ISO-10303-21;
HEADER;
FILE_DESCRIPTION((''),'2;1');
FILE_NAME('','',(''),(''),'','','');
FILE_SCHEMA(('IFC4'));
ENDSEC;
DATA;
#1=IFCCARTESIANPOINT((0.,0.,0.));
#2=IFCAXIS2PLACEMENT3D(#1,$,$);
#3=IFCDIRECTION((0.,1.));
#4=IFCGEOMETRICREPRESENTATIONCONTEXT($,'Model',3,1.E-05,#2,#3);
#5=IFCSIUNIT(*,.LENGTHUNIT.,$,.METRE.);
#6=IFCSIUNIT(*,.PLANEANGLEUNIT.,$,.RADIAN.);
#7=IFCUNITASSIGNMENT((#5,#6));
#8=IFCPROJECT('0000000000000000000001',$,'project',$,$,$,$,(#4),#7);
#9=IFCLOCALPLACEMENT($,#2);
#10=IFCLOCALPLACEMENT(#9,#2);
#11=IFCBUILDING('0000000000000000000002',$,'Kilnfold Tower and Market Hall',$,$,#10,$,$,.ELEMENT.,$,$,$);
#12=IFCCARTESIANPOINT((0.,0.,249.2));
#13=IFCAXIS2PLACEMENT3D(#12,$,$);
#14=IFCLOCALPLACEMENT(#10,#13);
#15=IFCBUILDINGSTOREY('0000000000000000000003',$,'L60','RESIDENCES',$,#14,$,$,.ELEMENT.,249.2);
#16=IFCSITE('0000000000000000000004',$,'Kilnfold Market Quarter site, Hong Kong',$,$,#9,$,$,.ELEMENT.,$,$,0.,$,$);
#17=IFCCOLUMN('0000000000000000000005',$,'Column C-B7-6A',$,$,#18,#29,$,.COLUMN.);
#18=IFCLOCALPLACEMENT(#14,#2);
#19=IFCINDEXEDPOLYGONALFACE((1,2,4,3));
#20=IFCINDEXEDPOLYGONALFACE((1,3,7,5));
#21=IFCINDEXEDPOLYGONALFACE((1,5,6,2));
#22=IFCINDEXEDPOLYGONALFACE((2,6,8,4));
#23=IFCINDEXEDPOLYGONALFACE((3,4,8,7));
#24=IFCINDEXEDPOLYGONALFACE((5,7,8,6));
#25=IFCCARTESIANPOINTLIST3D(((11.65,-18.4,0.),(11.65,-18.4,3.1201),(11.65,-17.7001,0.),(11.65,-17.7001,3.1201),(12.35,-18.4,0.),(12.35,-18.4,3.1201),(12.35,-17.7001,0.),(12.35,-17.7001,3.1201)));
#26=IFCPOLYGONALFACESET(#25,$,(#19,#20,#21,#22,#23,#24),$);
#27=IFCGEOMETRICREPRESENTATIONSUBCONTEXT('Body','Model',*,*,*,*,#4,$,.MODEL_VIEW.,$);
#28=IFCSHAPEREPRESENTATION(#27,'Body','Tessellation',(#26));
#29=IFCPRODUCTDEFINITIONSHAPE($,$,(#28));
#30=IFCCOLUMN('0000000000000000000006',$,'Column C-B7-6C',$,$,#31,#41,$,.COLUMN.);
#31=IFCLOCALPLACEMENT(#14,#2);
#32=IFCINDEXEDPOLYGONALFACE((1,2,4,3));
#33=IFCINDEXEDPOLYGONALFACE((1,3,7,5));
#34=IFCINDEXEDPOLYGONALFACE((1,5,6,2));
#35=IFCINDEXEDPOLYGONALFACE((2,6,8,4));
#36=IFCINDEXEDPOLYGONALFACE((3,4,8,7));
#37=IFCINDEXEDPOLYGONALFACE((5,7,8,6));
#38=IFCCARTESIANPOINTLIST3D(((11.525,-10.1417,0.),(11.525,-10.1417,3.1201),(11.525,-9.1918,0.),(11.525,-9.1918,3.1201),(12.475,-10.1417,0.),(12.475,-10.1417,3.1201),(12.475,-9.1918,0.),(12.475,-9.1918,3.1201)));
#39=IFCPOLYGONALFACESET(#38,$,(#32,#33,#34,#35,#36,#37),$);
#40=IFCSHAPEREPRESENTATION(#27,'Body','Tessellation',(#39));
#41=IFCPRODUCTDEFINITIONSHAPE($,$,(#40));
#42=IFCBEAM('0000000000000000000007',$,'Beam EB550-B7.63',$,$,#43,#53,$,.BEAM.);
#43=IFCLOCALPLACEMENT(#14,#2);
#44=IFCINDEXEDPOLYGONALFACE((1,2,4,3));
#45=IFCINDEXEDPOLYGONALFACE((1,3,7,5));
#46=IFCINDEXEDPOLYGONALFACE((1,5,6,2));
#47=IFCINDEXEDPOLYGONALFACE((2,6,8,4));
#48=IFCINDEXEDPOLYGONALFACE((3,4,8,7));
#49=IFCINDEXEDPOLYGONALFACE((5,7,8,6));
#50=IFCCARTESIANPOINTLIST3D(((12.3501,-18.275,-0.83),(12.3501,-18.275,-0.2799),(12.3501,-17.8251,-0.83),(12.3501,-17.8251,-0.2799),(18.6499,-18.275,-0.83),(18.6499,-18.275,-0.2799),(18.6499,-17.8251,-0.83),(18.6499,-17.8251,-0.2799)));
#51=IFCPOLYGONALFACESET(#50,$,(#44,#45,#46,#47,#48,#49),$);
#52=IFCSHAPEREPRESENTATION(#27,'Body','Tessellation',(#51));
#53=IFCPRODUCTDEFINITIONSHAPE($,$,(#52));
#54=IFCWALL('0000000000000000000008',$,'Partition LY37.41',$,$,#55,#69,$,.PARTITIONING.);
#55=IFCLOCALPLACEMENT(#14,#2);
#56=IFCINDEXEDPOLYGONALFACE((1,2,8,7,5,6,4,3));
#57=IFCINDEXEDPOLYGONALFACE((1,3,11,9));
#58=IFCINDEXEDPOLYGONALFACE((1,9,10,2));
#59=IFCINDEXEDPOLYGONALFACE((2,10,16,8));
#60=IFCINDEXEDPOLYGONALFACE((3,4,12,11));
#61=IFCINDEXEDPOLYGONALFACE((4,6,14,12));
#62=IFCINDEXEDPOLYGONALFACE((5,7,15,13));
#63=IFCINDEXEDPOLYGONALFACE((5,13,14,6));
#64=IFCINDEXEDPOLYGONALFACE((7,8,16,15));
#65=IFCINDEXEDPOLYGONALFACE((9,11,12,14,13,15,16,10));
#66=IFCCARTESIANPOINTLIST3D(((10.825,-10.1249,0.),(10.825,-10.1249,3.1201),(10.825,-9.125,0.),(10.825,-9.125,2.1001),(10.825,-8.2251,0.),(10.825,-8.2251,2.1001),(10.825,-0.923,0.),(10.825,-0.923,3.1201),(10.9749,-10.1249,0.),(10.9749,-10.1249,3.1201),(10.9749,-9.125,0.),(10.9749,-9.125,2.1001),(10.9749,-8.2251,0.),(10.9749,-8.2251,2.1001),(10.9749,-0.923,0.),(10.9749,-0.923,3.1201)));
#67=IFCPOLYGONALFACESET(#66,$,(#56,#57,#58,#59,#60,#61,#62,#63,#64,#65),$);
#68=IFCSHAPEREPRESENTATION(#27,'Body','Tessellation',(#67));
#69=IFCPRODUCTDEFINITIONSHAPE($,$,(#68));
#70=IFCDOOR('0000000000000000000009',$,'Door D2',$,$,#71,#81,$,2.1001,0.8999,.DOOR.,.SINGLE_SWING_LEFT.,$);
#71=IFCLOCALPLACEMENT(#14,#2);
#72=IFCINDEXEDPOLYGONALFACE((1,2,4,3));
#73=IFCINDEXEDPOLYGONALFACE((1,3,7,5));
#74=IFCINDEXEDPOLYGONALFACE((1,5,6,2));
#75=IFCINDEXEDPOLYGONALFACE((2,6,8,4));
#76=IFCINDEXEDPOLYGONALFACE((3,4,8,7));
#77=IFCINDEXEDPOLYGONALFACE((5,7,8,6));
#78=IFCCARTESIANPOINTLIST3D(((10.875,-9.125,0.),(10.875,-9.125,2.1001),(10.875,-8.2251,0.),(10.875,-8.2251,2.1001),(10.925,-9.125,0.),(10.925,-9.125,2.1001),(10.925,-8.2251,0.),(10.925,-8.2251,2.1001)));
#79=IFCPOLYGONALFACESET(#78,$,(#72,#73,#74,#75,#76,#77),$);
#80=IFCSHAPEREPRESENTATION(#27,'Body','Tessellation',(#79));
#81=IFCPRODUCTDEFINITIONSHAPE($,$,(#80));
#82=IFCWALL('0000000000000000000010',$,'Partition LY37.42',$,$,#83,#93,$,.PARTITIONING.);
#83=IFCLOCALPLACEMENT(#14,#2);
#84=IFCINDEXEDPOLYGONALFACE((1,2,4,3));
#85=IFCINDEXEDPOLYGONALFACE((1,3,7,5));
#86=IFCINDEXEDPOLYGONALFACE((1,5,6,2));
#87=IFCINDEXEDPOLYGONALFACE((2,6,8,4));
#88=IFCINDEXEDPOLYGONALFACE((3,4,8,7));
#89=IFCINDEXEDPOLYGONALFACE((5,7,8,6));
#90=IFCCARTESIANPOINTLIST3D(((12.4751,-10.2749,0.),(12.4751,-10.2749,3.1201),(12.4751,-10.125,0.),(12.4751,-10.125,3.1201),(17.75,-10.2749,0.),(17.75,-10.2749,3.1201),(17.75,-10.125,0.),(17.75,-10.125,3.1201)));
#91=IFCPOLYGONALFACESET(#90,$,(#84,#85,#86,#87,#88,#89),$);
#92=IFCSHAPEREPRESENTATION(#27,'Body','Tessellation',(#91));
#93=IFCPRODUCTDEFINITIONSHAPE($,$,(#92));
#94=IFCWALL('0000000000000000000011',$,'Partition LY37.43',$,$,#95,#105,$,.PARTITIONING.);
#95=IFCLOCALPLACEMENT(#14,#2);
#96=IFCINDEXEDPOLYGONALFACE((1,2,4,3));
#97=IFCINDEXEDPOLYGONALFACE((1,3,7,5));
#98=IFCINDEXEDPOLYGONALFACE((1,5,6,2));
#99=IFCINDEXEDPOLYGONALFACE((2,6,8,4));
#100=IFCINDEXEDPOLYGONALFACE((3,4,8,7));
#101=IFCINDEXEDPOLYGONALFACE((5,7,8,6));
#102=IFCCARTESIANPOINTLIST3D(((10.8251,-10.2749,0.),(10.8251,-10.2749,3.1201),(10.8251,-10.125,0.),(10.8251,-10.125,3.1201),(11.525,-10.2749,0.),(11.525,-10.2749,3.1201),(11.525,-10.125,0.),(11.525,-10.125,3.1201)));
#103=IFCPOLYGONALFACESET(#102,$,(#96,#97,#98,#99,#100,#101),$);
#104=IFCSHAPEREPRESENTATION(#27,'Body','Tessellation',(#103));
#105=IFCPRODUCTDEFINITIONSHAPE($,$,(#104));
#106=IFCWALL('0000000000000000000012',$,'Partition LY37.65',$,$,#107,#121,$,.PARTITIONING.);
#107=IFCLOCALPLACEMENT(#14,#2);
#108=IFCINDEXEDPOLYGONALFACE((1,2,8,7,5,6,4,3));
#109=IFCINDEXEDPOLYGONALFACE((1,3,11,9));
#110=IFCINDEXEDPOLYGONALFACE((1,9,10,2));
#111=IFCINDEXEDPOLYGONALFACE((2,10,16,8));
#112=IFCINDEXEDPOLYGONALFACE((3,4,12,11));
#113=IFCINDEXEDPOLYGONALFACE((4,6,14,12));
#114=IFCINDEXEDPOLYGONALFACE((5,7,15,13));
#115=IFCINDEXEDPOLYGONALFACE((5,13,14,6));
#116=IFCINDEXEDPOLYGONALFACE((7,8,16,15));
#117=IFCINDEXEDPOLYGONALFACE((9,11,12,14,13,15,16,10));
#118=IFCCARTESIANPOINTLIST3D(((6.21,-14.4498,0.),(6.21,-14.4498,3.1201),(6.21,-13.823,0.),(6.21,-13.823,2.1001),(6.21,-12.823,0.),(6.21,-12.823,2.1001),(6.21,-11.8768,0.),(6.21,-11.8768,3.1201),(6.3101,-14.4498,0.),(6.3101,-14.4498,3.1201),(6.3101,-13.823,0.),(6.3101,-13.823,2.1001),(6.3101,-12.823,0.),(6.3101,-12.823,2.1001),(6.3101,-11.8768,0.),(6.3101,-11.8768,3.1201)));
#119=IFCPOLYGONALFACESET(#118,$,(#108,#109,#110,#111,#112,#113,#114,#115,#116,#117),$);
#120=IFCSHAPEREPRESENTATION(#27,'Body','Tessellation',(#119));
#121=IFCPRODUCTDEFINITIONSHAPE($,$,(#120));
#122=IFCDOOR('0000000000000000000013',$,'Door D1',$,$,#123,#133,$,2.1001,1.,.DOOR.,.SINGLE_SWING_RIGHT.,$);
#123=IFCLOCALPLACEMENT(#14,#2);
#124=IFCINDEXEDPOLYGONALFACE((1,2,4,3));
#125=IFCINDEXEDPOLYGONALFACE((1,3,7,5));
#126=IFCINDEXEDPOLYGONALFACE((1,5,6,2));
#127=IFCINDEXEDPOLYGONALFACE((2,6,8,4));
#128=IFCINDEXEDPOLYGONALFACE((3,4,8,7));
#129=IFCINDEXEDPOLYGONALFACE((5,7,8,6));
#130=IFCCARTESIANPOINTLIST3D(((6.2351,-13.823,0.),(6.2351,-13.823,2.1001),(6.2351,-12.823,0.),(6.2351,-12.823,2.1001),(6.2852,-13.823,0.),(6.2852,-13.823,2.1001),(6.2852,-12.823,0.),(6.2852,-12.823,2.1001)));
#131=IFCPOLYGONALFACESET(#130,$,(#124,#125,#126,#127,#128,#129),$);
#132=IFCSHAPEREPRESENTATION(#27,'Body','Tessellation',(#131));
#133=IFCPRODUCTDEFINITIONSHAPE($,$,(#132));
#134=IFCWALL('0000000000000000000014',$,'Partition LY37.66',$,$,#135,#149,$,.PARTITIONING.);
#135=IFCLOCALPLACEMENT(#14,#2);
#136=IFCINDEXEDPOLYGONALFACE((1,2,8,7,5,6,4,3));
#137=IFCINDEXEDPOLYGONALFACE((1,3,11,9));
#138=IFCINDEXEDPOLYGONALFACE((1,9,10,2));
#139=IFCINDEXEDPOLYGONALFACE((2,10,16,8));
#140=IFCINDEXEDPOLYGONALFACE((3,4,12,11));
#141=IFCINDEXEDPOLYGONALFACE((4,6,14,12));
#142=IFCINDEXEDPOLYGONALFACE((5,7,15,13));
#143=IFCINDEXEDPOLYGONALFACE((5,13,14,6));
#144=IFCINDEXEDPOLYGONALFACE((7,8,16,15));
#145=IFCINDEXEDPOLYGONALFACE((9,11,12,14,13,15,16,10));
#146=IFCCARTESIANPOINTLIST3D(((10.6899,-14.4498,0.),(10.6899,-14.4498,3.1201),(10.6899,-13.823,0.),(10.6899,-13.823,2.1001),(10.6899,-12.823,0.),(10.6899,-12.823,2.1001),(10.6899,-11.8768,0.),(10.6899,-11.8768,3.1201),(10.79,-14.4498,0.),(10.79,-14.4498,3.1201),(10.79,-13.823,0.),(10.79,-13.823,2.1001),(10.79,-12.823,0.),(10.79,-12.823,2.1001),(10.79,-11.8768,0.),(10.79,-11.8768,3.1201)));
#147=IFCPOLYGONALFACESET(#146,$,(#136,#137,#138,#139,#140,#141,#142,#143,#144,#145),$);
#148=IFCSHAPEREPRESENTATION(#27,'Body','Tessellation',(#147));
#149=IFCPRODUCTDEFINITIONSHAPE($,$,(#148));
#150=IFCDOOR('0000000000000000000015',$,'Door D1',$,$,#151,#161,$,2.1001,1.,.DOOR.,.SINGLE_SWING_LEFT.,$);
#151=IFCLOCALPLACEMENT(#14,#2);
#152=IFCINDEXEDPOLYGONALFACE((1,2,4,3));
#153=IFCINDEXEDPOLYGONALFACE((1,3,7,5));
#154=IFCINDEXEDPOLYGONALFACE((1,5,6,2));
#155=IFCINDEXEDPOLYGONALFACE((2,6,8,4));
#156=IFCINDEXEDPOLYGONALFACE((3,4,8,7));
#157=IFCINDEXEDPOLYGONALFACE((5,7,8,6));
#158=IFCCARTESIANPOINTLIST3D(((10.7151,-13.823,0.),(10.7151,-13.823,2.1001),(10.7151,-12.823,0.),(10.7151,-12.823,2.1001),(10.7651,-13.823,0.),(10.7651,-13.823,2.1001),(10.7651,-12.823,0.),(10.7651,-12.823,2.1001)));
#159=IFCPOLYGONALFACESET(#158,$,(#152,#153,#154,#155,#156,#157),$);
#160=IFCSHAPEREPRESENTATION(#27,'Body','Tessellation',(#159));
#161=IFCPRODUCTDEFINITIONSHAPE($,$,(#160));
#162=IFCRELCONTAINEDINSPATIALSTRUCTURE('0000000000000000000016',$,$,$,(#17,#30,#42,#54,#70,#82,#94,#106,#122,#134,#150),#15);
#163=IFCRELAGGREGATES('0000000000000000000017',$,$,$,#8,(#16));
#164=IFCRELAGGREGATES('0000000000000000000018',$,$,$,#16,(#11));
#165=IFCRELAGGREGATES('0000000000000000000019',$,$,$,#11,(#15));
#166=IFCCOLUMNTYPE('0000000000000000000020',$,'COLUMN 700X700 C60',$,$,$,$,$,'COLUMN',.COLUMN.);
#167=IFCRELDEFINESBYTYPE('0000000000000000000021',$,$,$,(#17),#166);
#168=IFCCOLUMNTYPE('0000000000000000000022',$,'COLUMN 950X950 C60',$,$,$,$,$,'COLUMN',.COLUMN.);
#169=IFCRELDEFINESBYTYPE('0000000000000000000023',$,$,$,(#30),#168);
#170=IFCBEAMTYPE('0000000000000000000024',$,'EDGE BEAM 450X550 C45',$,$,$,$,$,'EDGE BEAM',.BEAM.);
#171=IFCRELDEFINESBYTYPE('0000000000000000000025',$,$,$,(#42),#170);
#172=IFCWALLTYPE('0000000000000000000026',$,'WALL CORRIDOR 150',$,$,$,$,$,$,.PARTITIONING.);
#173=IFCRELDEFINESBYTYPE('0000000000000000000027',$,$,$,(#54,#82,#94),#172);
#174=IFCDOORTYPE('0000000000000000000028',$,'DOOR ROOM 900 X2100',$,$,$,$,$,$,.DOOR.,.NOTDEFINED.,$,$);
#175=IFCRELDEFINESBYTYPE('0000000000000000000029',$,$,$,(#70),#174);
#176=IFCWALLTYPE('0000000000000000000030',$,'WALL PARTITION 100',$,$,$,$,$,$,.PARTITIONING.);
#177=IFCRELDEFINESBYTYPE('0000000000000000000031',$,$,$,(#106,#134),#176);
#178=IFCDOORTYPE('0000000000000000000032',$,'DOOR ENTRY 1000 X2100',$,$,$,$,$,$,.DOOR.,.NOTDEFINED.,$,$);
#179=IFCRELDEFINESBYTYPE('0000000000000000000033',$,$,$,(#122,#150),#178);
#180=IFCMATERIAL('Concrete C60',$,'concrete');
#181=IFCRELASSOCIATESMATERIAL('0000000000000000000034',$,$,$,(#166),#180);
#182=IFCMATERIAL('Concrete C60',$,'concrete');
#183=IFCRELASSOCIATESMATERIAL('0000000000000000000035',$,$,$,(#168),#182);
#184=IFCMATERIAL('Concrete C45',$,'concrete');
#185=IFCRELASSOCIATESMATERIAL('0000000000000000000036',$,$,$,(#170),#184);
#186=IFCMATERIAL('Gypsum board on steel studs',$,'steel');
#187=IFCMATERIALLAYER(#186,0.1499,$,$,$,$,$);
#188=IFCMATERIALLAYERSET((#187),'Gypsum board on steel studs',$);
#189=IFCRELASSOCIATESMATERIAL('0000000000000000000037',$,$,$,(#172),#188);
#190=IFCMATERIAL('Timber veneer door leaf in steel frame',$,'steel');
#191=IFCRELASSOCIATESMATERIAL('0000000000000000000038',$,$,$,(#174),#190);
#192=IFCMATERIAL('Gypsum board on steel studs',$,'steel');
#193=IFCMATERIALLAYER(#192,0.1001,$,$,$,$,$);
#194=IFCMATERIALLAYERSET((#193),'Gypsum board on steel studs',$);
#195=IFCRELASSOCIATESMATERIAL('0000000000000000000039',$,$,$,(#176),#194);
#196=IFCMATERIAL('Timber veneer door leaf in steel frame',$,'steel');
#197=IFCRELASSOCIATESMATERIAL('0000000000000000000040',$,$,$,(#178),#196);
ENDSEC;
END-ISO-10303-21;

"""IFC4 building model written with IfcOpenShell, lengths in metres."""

from ifc_helpers import new_model, si_unit, direction, frame, frame_2d, origin, origin_2d, place, context, subcontext, project, spatial, rectangle, extrude, source, transform, mapped, material, layer, layer_set, material_profile, profile_set, type_object, element, fill, save


model = new_model("IFC4")

# Units and contexts
model_context = context("Model", 3, precision=1e-05, world=origin(), true_north=direction((0.0, 1.0)))
body_context = subcontext(model_context, "Body", "Model", "MODEL_VIEW")
ifc_project = project(units=[si_unit("LENGTHUNIT", "METRE"), si_unit("PLANEANGLEUNIT", "RADIAN")], contexts=[model_context])

# Site, building, storey
site_placement = place(None, origin())
site = spatial("IfcSite", under=ifc_project, at=site_placement, Name="Kilnfold Market Quarter site, Hong Kong", CompositionType="ELEMENT", RefElevation=0.0)
building_placement = place(site_placement, origin())
building = spatial("IfcBuilding", under=site, at=building_placement, Name="Kilnfold Tower and Market Hall", CompositionType="ELEMENT")
storey_placement = place(building_placement, frame((0.0, 0.0, 249.2)))
storey = spatial("IfcBuildingStorey", under=building, at=storey_placement, Name="L60", Description="RESIDENCES", CompositionType="ELEMENT", Elevation=249.2)

# Columns
ifc_material_1 = material(Name="Concrete C60", Category="concrete")
ifc_material_profile_1 = material_profile(ifc_material_1, rectangle(XDim=0.7, YDim=0.7, at=origin_2d()), Name="RC 700x700")
ifc_profile_set_1 = profile_set([ifc_material_profile_1], Name="Concrete C60")
column_type_1 = type_object("IfcColumnType", Name="COLUMN 700X700 C60", ElementType="COLUMN", PredefinedType="COLUMN", material=ifc_profile_set_1)
shared_shape_1 = source(origin(), body_context, "Body", "SweptSolid", [
    extrude(rectangle(XDim=0.7, YDim=0.7, at=origin_2d()), origin(), (0.0, 0.0, 1.0), 3.1201),
])
column_1_placement = place(storey_placement, frame((12.0, -18.05, 0.0), z_axis=(0.0, 0.0, 1.0), x_axis=(1.0, 0.0, 0.0)))
element("IfcColumn", 1, at=column_1_placement, inside=storey, type_object=column_type_1, Name="Column C-B7-6A", PredefinedType="COLUMN", context=body_context, shape_type="MappedRepresentation", body=[
    mapped(shared_shape_1, transform((0.0, 0.0, 0.0))),
])
ifc_material_2 = material(Name="Concrete C60", Category="concrete")
ifc_material_profile_2 = material_profile(ifc_material_2, rectangle(XDim=0.95, YDim=0.95, at=origin_2d()), Name="RC 950x950")
ifc_profile_set_2 = profile_set([ifc_material_profile_2], Name="Concrete C60")
column_type_2 = type_object("IfcColumnType", Name="COLUMN 950X950 C60", ElementType="COLUMN", PredefinedType="COLUMN", material=ifc_profile_set_2)
shared_shape_2 = source(origin(), body_context, "Body", "SweptSolid", [
    extrude(rectangle(XDim=0.95, YDim=0.95, at=origin_2d()), origin(), (0.0, 0.0, 1.0), 3.1201),
])
column_2_placement = place(storey_placement, frame((12.0, -9.6667, 0.0), z_axis=(0.0, 0.0, 1.0), x_axis=(1.0, 0.0, 0.0)))
element("IfcColumn", 2, at=column_2_placement, inside=storey, type_object=column_type_2, Name="Column C-B7-6C", PredefinedType="COLUMN", context=body_context, shape_type="MappedRepresentation", body=[
    mapped(shared_shape_2, transform((0.0, 0.0, 0.0))),
])

# Beam
ifc_material_3 = material(Name="Concrete C45", Category="concrete")
ifc_material_profile_3 = material_profile(ifc_material_3, rectangle(XDim=0.45, YDim=0.55, at=origin_2d()), Name="RC 450x550")
ifc_profile_set_3 = profile_set([ifc_material_profile_3], Name="Concrete C45")
beam_type = type_object("IfcBeamType", Name="EDGE BEAM 450X550 C45", ElementType="EDGE BEAM", PredefinedType="BEAM", material=ifc_profile_set_3)
shared_shape_3 = source(origin(), body_context, "Body", "SweptSolid", [
    extrude(rectangle(XDim=0.45, YDim=0.55, at=origin_2d()), origin(), (0.0, 0.0, 1.0), 6.2998),
])
beam_placement = place(storey_placement, frame((12.3501, -18.05, -0.5549), z_axis=(1.0, 0.0, 0.0), x_axis=(0.0, 1.0, 0.0)))
element("IfcBeam", 3, at=beam_placement, inside=storey, type_object=beam_type, Name="Beam EB550-B7.63", PredefinedType="BEAM", context=body_context, shape_type="MappedRepresentation", body=[
    mapped(shared_shape_3, transform((0.0, 0.0, 0.0))),
])

# Wall, opening, door
ifc_material_4 = material(Name="Gypsum board on steel studs", Category="steel")
ifc_layer_1 = layer(ifc_material_4, 0.1499)
ifc_layer_set_1 = layer_set([ifc_layer_1], Name="Gypsum board on steel studs")
wall_type_1 = type_object("IfcWallType", Name="WALL CORRIDOR 150", PredefinedType="PARTITIONING", material=ifc_layer_set_1)
wall_1_placement = place(storey_placement, frame((10.8999, -10.125, 0.0), z_axis=(0.0, 0.0, 1.0), x_axis=(0.0, 1.0, 0.0)))
wall_1 = element("IfcWall", 4, at=wall_1_placement, inside=storey, type_object=wall_type_1, Name="Partition LY37.41", PredefinedType="PARTITIONING", context=body_context, shape_type="SweptSolid", body=[
    extrude(rectangle(XDim=9.2019, YDim=0.1499, at=frame_2d((4.6011, 0.0))), origin(), (0.0, 0.0, 1.0), 3.1201),
])
opening_1_placement = place(wall_1_placement, frame((1.0, 0.0, 0.0)))
opening_1 = element("IfcOpeningElement", 5, at=opening_1_placement, cuts=wall_1, PredefinedType="OPENING", context=body_context, shape_type="SweptSolid", body=[
    extrude(rectangle(XDim=0.8999, YDim=2.1001, at=frame_2d((0.45, 1.05))), frame((0.0, 0.085, 0.0), z_axis=(0.0, -1.0, 0.0), x_axis=(1.0, 0.0, 0.0)), (0.0, 0.0, 1.0), 0.1699),
])
ifc_material_5 = material(Name="Timber veneer door leaf in steel frame", Category="steel")
door_type_1 = type_object("IfcDoorType", Name="DOOR ROOM 900 X2100", OperationType="NOTDEFINED", PredefinedType="DOOR", material=ifc_material_5)
door_1_placement = place(opening_1_placement, origin())
door_1 = element("IfcDoor", 6, at=door_1_placement, inside=storey, type_object=door_type_1, Name="Door D2", OperationType="SINGLE_SWING_LEFT", OverallHeight=2.1001, OverallWidth=0.8999, PredefinedType="DOOR", context=body_context, shape_type="SweptSolid", body=[
    extrude(rectangle(XDim=0.8999, YDim=2.1001, at=frame_2d((0.45, 1.05))), frame((0.0, 0.0249, 0.0), z_axis=(0.0, -1.0, 0.0), x_axis=(1.0, 0.0, 0.0)), (0.0, 0.0, 1.0), 0.05),
])
fill(opening_1, door_1)

# Walls
wall_2_placement = place(storey_placement, frame((12.4751, -10.2, 0.0), z_axis=(0.0, 0.0, 1.0), x_axis=(1.0, 0.0, 0.0)))
element("IfcWall", 7, at=wall_2_placement, inside=storey, type_object=wall_type_1, Name="Partition LY37.42", PredefinedType="PARTITIONING", context=body_context, shape_type="SweptSolid", body=[
    extrude(rectangle(XDim=5.2749, YDim=0.1499, at=frame_2d((2.6375, 0.0))), origin(), (0.0, 0.0, 1.0), 3.1201),
])
wall_3_placement = place(storey_placement, frame((10.825, -10.2, 0.0), z_axis=(0.0, 0.0, 1.0), x_axis=(1.0, 0.0, 0.0)))
element("IfcWall", 8, at=wall_3_placement, inside=storey, type_object=wall_type_1, Name="Partition LY37.43", PredefinedType="PARTITIONING", context=body_context, shape_type="SweptSolid", body=[
    extrude(rectangle(XDim=0.7, YDim=0.1499, at=frame_2d((0.3501, 0.0))), origin(), (0.0, 0.0, 1.0), 3.1201),
])

# Walls, openings, doors
ifc_material_6 = material(Name="Gypsum board on steel studs", Category="steel")
ifc_layer_2 = layer(ifc_material_6, 0.1001)
ifc_layer_set_2 = layer_set([ifc_layer_2], Name="Gypsum board on steel studs")
wall_type_2 = type_object("IfcWallType", Name="WALL PARTITION 100", PredefinedType="PARTITIONING", material=ifc_layer_set_2)
wall_4_placement = place(storey_placement, frame((6.26, -14.45, 0.0), z_axis=(0.0, 0.0, 1.0), x_axis=(0.0, 1.0, 0.0)))
wall_4 = element("IfcWall", 9, at=wall_4_placement, inside=storey, type_object=wall_type_2, Name="Partition LY37.65", PredefinedType="PARTITIONING", context=body_context, shape_type="SweptSolid", body=[
    extrude(rectangle(XDim=2.573, YDim=0.1001, at=frame_2d((1.2866, 0.0))), origin(), (0.0, 0.0, 1.0), 3.1201),
])
opening_2_placement = place(wall_4_placement, frame((0.627, 0.0, 0.0)))
opening_2 = element("IfcOpeningElement", 10, at=opening_2_placement, cuts=wall_4, PredefinedType="OPENING", context=body_context, shape_type="SweptSolid", body=[
    extrude(rectangle(XDim=1.0, YDim=2.1001, at=frame_2d((0.5, 1.05))), frame((0.0, 0.0601, 0.0), z_axis=(0.0, -1.0, 0.0), x_axis=(1.0, 0.0, 0.0)), (0.0, 0.0, 1.0), 0.1201),
])
ifc_material_7 = material(Name="Timber veneer door leaf in steel frame", Category="steel")
door_type_2 = type_object("IfcDoorType", Name="DOOR ENTRY 1000 X2100", OperationType="NOTDEFINED", PredefinedType="DOOR", material=ifc_material_7)
door_2_placement = place(opening_2_placement, origin())
door_2 = element("IfcDoor", 11, at=door_2_placement, inside=storey, type_object=door_type_2, Name="Door D1", OperationType="SINGLE_SWING_RIGHT", OverallHeight=2.1001, OverallWidth=1.0, PredefinedType="DOOR", context=body_context, shape_type="SweptSolid", body=[
    extrude(rectangle(XDim=1.0, YDim=2.1001, at=frame_2d((0.5, 1.05))), frame((0.0, 0.0249, 0.0), z_axis=(0.0, -1.0, 0.0), x_axis=(1.0, 0.0, 0.0)), (0.0, 0.0, 1.0), 0.05),
])
fill(opening_2, door_2)
wall_5_placement = place(storey_placement, frame((10.74, -14.45, 0.0), z_axis=(0.0, 0.0, 1.0), x_axis=(0.0, 1.0, 0.0)))
wall_5 = element("IfcWall", 12, at=wall_5_placement, inside=storey, type_object=wall_type_2, Name="Partition LY37.66", PredefinedType="PARTITIONING", context=body_context, shape_type="SweptSolid", body=[
    extrude(rectangle(XDim=2.573, YDim=0.1001, at=frame_2d((1.2866, 0.0))), origin(), (0.0, 0.0, 1.0), 3.1201),
])
opening_3_placement = place(wall_5_placement, frame((0.627, 0.0, 0.0)))
opening_3 = element("IfcOpeningElement", 13, at=opening_3_placement, cuts=wall_5, PredefinedType="OPENING", context=body_context, shape_type="SweptSolid", body=[
    extrude(rectangle(XDim=1.0, YDim=2.1001, at=frame_2d((0.5, 1.05))), frame((0.0, 0.0601, 0.0), z_axis=(0.0, -1.0, 0.0), x_axis=(1.0, 0.0, 0.0)), (0.0, 0.0, 1.0), 0.1201),
])
door_3_placement = place(opening_3_placement, origin())
door_3 = element("IfcDoor", 14, at=door_3_placement, inside=storey, type_object=door_type_2, Name="Door D1", OperationType="SINGLE_SWING_LEFT", OverallHeight=2.1001, OverallWidth=1.0, PredefinedType="DOOR", context=body_context, shape_type="SweptSolid", body=[
    extrude(rectangle(XDim=1.0, YDim=2.1001, at=frame_2d((0.5, 1.05))), frame((0.0, 0.0249, 0.0), z_axis=(0.0, -1.0, 0.0), x_axis=(1.0, 0.0, 0.0)), (0.0, 0.0, 1.0), 0.05),
])
fill(opening_3, door_3)

save(model, "model.ifc")
